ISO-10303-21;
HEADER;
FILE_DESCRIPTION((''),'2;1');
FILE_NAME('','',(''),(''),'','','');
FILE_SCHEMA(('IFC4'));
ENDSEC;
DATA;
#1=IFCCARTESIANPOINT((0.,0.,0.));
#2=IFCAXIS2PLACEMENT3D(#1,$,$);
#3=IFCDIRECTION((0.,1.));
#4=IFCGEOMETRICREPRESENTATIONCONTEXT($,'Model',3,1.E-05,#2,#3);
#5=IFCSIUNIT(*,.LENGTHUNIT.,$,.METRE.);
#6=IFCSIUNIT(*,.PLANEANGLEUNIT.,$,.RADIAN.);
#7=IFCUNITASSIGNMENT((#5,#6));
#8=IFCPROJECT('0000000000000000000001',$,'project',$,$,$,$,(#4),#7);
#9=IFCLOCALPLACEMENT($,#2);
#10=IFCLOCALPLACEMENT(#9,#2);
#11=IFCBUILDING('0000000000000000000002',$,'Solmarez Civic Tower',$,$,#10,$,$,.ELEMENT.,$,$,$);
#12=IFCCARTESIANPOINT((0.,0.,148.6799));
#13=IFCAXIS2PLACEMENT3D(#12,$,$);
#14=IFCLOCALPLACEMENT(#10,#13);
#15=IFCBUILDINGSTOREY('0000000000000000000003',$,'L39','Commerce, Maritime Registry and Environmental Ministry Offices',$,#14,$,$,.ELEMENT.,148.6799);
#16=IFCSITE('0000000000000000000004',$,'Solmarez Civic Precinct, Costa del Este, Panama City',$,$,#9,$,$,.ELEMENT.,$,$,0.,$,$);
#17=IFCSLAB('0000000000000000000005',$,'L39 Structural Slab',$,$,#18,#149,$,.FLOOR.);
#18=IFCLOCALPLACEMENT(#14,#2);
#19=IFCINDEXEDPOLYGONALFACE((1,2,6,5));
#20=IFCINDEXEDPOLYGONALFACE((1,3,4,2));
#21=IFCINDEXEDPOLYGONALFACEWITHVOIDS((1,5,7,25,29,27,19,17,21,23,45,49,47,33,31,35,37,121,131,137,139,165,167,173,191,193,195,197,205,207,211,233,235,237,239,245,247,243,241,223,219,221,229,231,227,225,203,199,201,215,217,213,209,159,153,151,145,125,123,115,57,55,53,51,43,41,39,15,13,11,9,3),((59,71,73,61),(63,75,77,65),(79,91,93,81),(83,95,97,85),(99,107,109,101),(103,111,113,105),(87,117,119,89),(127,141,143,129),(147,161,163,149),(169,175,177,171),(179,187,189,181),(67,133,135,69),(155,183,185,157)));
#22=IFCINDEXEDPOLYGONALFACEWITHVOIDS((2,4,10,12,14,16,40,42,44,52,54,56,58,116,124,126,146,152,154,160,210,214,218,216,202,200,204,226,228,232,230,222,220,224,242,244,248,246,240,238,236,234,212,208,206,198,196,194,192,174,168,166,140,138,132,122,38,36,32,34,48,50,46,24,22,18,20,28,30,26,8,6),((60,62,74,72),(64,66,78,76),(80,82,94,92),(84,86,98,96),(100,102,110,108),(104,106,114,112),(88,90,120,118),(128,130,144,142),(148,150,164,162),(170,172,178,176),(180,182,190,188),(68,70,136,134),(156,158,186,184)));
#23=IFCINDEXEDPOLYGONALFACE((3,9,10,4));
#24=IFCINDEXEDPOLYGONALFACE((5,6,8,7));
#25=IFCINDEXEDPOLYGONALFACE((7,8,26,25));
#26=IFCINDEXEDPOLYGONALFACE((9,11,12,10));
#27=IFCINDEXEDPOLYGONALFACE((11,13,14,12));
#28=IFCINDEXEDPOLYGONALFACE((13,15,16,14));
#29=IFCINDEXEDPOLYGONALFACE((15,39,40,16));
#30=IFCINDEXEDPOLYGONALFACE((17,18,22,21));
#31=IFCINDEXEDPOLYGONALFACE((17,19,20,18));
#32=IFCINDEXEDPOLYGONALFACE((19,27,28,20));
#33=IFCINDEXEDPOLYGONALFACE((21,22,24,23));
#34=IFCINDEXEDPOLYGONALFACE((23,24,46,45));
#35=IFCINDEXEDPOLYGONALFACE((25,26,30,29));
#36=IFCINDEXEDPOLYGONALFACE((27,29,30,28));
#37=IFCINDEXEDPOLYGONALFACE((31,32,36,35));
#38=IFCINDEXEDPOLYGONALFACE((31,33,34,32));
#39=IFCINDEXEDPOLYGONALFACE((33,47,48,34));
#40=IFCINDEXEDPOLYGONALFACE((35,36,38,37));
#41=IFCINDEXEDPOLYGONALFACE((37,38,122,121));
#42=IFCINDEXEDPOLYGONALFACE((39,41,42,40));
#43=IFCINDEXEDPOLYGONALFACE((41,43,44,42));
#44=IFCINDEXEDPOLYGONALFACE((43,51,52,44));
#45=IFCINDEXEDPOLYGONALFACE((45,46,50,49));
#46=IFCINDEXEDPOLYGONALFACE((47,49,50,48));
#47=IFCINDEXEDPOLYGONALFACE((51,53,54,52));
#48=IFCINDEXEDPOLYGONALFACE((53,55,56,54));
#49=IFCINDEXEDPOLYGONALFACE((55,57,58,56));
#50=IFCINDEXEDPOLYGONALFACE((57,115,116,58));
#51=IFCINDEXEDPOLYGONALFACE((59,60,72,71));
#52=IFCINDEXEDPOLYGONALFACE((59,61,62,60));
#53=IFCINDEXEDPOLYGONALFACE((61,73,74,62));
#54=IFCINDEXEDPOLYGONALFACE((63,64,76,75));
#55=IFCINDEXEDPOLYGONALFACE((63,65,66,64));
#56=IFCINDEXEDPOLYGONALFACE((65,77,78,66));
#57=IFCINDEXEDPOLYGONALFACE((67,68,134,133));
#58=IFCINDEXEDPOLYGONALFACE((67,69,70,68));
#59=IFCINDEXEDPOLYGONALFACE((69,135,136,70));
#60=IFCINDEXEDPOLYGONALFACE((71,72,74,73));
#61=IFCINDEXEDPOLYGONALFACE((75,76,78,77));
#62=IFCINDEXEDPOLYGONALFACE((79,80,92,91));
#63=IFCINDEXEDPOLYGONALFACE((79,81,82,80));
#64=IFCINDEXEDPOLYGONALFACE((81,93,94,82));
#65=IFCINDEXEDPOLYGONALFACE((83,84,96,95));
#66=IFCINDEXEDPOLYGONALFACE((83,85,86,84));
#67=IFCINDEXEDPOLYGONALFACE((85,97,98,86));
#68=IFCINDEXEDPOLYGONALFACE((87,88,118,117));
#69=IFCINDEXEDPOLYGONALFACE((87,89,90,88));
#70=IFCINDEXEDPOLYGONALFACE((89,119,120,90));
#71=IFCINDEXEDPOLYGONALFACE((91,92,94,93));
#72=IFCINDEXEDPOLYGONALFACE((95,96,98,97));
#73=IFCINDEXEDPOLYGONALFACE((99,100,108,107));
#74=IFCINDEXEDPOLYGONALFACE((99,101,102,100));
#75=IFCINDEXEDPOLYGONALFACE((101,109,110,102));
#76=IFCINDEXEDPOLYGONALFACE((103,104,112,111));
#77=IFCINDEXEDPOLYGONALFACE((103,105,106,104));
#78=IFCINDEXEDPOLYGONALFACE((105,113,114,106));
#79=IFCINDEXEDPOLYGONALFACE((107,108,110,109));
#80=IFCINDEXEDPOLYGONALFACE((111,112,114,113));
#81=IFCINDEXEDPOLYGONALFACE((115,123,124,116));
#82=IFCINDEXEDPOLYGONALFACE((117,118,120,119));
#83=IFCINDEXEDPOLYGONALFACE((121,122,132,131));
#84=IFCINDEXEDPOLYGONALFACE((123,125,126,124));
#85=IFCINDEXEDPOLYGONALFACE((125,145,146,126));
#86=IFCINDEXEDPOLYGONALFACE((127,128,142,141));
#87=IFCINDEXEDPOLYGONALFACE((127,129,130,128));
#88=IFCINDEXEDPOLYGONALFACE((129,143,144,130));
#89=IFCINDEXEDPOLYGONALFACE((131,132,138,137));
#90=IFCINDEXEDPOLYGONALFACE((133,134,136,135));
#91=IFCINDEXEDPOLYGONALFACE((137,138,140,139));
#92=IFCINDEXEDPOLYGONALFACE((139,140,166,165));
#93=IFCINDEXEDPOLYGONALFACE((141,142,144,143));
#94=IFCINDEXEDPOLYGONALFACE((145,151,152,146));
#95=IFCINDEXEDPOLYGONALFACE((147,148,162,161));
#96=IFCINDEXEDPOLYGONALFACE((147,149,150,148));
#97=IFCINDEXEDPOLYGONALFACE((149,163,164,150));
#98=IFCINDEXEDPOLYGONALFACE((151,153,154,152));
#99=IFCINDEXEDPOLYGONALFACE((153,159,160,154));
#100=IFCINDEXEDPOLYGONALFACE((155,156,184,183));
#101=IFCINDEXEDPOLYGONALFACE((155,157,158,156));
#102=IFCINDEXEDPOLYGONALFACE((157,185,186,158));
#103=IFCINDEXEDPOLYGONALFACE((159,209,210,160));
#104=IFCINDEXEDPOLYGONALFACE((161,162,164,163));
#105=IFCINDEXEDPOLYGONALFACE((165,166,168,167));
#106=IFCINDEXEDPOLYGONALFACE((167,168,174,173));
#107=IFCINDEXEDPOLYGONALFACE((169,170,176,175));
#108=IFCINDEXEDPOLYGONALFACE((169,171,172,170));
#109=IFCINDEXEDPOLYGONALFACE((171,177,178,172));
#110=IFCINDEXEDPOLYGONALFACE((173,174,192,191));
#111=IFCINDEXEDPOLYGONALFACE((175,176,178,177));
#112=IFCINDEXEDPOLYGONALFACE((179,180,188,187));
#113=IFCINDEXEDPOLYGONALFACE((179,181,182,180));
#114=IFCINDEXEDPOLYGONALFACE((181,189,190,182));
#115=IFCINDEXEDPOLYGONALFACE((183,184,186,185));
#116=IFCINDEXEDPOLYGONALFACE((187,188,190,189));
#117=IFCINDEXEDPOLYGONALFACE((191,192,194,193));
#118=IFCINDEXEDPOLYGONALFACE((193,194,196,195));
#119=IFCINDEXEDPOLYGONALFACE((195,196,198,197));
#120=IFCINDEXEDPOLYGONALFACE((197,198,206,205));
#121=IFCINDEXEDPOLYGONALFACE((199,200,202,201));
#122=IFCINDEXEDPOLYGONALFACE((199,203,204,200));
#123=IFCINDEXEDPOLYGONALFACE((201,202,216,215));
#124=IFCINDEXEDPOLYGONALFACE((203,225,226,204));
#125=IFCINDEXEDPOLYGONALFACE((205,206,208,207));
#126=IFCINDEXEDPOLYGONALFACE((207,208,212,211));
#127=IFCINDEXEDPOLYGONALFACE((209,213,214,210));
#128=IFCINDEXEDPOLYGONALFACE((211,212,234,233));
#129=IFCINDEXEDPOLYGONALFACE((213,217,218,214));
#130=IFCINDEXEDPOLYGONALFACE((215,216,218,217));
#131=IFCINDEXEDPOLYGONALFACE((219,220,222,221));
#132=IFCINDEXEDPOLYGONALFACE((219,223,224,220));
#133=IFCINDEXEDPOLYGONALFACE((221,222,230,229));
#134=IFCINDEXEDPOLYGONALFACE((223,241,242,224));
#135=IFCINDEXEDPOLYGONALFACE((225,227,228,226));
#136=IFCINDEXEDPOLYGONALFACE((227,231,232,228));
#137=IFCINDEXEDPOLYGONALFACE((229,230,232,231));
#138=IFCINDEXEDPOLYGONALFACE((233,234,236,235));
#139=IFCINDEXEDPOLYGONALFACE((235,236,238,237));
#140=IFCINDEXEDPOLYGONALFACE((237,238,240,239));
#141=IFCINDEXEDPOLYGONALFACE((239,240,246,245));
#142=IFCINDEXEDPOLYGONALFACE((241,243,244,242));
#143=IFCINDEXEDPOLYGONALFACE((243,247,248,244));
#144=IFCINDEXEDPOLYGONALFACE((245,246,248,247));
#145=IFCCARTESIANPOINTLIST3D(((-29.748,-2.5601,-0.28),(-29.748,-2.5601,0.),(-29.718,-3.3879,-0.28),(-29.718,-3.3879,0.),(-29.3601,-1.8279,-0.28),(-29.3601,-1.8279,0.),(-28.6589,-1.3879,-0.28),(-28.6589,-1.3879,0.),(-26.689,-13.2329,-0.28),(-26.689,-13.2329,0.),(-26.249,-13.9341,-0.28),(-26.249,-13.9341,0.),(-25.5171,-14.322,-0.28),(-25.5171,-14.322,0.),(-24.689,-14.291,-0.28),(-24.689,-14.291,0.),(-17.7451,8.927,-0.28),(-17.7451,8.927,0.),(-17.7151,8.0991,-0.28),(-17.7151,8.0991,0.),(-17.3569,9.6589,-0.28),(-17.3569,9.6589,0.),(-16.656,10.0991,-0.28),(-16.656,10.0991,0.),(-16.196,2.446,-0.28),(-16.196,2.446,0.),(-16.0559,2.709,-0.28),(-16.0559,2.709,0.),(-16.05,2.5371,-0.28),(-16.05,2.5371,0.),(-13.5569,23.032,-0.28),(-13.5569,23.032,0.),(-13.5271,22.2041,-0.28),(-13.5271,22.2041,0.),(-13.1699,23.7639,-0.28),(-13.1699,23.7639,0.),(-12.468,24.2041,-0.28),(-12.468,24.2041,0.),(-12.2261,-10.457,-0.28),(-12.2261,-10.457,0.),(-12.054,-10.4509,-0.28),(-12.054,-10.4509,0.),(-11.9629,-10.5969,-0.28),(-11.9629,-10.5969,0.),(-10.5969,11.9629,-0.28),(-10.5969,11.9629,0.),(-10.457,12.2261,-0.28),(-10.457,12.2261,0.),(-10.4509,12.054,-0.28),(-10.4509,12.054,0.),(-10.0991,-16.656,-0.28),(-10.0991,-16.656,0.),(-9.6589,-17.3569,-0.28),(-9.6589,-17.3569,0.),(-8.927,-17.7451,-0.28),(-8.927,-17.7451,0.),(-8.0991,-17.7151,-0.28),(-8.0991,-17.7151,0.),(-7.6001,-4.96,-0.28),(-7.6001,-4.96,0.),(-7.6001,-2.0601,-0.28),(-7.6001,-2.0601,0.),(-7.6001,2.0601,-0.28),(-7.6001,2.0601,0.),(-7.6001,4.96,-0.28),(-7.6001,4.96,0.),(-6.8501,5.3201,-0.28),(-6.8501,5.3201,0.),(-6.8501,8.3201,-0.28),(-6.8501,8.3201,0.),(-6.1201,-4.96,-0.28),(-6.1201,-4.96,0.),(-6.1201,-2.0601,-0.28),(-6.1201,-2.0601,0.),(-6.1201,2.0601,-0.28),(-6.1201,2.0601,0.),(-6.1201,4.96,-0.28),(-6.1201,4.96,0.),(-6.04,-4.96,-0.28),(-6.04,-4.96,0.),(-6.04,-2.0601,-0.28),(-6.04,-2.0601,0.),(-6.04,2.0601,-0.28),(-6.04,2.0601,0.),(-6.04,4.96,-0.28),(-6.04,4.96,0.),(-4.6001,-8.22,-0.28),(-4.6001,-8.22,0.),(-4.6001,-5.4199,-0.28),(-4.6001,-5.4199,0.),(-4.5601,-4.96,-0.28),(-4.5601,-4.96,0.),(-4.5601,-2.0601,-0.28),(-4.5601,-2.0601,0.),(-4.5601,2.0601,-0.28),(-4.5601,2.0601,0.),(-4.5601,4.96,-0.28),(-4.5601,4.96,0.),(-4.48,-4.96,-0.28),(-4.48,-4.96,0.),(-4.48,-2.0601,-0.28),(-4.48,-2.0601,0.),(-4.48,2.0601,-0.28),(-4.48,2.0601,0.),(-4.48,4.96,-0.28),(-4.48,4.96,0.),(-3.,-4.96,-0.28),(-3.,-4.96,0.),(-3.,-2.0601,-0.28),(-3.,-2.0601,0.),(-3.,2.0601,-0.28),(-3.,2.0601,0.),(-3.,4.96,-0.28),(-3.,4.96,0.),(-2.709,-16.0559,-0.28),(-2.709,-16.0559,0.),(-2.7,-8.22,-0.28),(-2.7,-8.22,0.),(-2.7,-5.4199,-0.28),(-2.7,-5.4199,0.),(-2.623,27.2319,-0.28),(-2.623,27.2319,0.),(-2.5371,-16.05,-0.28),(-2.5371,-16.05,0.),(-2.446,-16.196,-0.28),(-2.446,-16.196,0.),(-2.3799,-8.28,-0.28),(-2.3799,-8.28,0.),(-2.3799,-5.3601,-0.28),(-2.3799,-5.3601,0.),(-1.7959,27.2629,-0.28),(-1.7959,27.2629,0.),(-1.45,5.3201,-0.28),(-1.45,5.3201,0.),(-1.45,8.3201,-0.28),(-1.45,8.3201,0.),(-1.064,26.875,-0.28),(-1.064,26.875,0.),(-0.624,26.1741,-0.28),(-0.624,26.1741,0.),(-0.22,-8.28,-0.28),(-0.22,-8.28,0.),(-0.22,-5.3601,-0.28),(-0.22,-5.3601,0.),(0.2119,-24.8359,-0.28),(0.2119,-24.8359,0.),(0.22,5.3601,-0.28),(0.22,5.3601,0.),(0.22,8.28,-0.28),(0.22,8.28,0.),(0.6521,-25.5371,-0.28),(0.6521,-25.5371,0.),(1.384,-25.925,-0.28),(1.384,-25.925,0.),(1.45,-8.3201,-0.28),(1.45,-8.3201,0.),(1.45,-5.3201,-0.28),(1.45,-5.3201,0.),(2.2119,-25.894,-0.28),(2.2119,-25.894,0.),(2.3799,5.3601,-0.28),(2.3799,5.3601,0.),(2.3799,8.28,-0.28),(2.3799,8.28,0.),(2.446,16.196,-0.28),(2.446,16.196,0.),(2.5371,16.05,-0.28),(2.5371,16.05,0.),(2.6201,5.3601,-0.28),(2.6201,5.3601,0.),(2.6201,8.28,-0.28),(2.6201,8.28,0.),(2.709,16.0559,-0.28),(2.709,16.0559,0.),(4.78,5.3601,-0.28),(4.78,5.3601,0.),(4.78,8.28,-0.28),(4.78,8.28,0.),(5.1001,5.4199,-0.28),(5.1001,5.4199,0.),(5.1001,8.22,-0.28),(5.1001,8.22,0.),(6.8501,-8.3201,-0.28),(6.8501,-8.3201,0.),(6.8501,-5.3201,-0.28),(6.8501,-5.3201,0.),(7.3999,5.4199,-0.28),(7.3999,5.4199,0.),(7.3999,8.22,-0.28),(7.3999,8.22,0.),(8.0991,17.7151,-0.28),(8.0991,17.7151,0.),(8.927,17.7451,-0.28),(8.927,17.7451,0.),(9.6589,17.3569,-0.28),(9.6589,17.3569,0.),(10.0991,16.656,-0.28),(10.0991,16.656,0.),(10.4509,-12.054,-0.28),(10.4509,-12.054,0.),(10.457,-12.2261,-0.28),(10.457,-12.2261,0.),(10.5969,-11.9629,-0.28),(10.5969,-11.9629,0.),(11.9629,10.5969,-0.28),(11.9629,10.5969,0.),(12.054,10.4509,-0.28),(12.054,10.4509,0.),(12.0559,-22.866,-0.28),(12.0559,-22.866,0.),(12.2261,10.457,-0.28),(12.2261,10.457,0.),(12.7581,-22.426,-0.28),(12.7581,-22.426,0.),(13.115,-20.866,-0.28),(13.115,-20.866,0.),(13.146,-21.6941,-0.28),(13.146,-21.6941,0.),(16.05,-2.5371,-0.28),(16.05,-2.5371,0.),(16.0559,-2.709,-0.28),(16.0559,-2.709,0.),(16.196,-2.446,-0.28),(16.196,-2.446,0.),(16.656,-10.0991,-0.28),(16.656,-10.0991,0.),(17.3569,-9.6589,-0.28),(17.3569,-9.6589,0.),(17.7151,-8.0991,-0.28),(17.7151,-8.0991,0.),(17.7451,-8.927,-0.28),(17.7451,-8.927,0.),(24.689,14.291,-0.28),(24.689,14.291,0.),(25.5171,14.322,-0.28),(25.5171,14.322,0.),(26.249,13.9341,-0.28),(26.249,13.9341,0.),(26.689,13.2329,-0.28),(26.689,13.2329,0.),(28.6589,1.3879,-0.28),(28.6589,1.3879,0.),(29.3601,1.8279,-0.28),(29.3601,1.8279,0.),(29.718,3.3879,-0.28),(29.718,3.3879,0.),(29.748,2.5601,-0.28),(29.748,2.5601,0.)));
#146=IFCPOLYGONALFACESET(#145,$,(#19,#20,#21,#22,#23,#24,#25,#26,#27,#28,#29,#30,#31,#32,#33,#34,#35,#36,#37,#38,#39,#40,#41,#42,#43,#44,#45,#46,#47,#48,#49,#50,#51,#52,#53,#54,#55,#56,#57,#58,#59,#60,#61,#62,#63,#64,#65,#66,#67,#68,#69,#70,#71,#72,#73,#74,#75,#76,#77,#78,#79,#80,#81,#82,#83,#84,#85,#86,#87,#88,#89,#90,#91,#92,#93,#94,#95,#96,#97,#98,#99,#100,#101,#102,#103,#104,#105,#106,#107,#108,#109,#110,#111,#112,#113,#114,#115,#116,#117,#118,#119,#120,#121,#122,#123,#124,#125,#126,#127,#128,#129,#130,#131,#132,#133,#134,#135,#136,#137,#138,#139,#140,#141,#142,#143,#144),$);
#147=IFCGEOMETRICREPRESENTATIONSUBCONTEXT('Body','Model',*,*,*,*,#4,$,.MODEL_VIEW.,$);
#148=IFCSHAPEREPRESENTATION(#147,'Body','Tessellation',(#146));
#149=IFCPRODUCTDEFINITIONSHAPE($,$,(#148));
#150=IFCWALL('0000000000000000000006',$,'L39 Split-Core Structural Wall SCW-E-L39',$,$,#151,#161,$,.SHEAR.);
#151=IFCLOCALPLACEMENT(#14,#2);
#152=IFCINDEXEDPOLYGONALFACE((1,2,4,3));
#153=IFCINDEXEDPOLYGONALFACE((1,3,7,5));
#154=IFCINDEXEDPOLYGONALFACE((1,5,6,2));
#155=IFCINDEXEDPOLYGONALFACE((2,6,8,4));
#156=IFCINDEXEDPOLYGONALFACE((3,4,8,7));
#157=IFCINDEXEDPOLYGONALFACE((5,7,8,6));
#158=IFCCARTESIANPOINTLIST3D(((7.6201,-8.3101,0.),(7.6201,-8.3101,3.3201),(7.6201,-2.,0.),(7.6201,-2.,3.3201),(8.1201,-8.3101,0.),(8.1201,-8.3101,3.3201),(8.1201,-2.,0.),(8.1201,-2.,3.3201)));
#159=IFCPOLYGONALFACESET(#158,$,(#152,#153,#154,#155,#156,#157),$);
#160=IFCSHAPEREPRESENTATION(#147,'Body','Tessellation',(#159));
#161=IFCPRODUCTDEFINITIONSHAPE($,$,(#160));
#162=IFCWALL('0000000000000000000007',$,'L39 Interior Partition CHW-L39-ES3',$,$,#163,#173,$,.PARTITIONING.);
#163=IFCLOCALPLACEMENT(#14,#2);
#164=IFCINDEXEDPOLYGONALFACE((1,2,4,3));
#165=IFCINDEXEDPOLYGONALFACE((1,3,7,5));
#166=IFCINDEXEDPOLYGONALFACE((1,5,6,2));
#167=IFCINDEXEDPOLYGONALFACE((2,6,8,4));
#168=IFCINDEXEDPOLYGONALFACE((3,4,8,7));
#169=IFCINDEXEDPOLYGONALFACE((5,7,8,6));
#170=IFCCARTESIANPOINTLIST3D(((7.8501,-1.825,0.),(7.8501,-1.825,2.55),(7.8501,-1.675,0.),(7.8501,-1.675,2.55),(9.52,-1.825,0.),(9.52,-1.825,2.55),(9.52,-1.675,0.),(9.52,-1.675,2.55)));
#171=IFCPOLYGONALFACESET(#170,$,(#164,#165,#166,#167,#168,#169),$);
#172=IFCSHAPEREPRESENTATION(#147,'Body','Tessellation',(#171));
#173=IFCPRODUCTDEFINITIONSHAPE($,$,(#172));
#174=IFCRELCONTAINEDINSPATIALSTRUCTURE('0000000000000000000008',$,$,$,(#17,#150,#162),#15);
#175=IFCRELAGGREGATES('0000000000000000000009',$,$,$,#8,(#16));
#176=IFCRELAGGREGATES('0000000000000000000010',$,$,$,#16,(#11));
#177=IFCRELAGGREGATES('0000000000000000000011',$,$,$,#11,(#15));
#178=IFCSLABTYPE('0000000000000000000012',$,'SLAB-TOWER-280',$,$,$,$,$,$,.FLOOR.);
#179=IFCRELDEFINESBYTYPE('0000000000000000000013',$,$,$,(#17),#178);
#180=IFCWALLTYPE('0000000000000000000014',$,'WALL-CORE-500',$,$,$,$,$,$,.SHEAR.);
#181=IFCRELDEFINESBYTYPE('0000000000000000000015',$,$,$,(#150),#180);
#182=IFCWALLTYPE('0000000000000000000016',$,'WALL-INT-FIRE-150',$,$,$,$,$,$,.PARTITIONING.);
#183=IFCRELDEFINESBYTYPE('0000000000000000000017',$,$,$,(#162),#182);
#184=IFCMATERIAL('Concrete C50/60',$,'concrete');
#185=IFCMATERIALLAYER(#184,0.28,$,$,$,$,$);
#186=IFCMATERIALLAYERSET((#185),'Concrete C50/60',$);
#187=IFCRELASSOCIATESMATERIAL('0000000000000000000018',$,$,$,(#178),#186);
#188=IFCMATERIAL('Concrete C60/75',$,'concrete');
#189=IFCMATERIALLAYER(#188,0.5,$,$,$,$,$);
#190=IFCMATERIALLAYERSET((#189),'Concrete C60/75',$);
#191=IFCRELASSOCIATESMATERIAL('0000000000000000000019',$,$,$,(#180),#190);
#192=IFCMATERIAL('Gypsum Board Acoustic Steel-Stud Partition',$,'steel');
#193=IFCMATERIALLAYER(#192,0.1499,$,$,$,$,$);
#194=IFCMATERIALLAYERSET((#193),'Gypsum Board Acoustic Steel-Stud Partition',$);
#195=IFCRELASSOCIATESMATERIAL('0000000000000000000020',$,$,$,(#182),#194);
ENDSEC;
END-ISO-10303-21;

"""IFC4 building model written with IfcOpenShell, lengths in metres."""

from ifc_helpers import new_model, si_unit, direction, frame, frame_2d, origin, place, context, subcontext, project, spatial, polyline, rectangle, outline, extrude, material, layer, layer_set, type_object, element, save


model = new_model("IFC4")

# Units and contexts
model_context = context("Model", 3, precision=1e-05, world=origin(), true_north=direction((0.0, 1.0)))
body_context = subcontext(model_context, "Body", "Model", "MODEL_VIEW")
ifc_project = project(units=[si_unit("LENGTHUNIT", "METRE"), si_unit("PLANEANGLEUNIT", "RADIAN")], contexts=[model_context])

# Site, building, storey
site_placement = place(None, origin())
site = spatial("IfcSite", under=ifc_project, at=site_placement, Name="Solmarez Civic Precinct, Costa del Este, Panama City", CompositionType="ELEMENT", RefElevation=0.0)
building_placement = place(site_placement, origin())
building = spatial("IfcBuilding", under=site, at=building_placement, Name="Solmarez Civic Tower", CompositionType="ELEMENT")
storey_placement = place(building_placement, frame((0.0, 0.0, 148.6799)))
storey = spatial("IfcBuildingStorey", under=building, at=storey_placement, Name="L39", Description="Commerce, Maritime Registry and Environmental Ministry Offices", CompositionType="ELEMENT", Elevation=148.6799)

# Shared definitions
ifc_material_1 = material(Name="Concrete C50/60", Category="concrete")

# Slab
ifc_layer_1 = layer(ifc_material_1, 0.28)
ifc_layer_set_1 = layer_set([ifc_layer_1], Name="Concrete C50/60")
slab_type_1 = type_object("IfcSlabType", Name="SLAB-TOWER-280", PredefinedType="FLOOR", material=ifc_layer_set_1)
slab_1_placement = place(storey_placement, frame((0.0, 0.0, -0.28)))
element("IfcSlab", 1, at=slab_1_placement, inside=storey, type_object=slab_type_1, Name="L39 Structural Slab", PredefinedType="FLOOR", context=body_context, shape_type="SweptSolid", body=[
    extrude(outline(polyline([(-11.9629, -10.5969), (-10.0991, -16.656), (-9.6589, -17.3569), (-8.927, -17.7451), (-8.0991, -17.7151), (-2.709, -16.0559), (-2.5371, -16.05), (-2.446, -16.196), (0.2119, -24.8359), (0.6521, -25.5371), (1.384, -25.925), (2.2119, -25.894), (12.0559, -22.866), (12.7581, -22.426), (13.146, -21.6941), (13.115, -20.866), (10.457, -12.2261), (10.4509, -12.054), (10.5969, -11.9629), (16.656, -10.0991), (17.3569, -9.6589), (17.7451, -8.927), (17.7151, -8.0991), (16.0559, -2.709), (16.05, -2.5371), (16.196, -2.446), (28.6589, 1.3879), (29.3601, 1.8279), (29.748, 2.5601), (29.718, 3.3879), (26.689, 13.2329), (26.249, 13.9341), (25.5171, 14.322), (24.689, 14.291), (12.2261, 10.457), (12.054, 10.4509), (11.9629, 10.5969), (10.0991, 16.656), (9.6589, 17.3569), (8.927, 17.7451), (8.0991, 17.7151), (2.709, 16.0559), (2.5371, 16.05), (2.446, 16.196), (-0.624, 26.1741), (-1.064, 26.875), (-1.7959, 27.2629), (-2.623, 27.2319), (-12.468, 24.2041), (-13.1699, 23.7639), (-13.5569, 23.032), (-13.5271, 22.2041), (-10.457, 12.2261), (-10.4509, 12.054), (-10.5969, 11.9629), (-16.656, 10.0991), (-17.3569, 9.6589), (-17.7451, 8.927), (-17.7151, 8.0991), (-16.0559, 2.709), (-16.05, 2.5371), (-16.196, 2.446), (-28.6589, -1.3879), (-29.3601, -1.8279), (-29.748, -2.5601), (-29.718, -3.3879), (-26.689, -13.2329), (-26.249, -13.9341), (-25.5171, -14.322), (-24.689, -14.291), (-12.2261, -10.457), (-12.054, -10.4509), (-11.9629, -10.5969)]), holes=[polyline([(-1.45, 8.3201), (-6.8501, 8.3201), (-6.8501, 5.3201), (-1.45, 5.3201), (-1.45, 8.3201)]), polyline([(1.45, -8.3201), (6.8501, -8.3201), (6.8501, -5.3201), (1.45, -5.3201), (1.45, -8.3201)]), polyline([(0.22, 5.3601), (2.3799, 5.3601), (2.3799, 8.28), (0.22, 8.28), (0.22, 5.3601)]), polyline([(2.6201, 5.3601), (4.78, 5.3601), (4.78, 8.28), (2.6201, 8.28), (2.6201, 5.3601)]), polyline([(-2.3799, -8.28), (-0.22, -8.28), (-0.22, -5.3601), (-2.3799, -5.3601), (-2.3799, -8.28)]), polyline([(-7.6001, -4.96), (-6.1201, -4.96), (-6.1201, -2.0601), (-7.6001, -2.0601), (-7.6001, -4.96)]), polyline([(-6.04, -4.96), (-4.5601, -4.96), (-4.5601, -2.0601), (-6.04, -2.0601), (-6.04, -4.96)]), polyline([(-4.48, -4.96), (-3.0, -4.96), (-3.0, -2.0601), (-4.48, -2.0601), (-4.48, -4.96)]), polyline([(-7.6001, 2.0601), (-6.1201, 2.0601), (-6.1201, 4.96), (-7.6001, 4.96), (-7.6001, 2.0601)]), polyline([(-6.04, 2.0601), (-4.5601, 2.0601), (-4.5601, 4.96), (-6.04, 4.96), (-6.04, 2.0601)]), polyline([(-4.48, 2.0601), (-3.0, 2.0601), (-3.0, 4.96), (-4.48, 4.96), (-4.48, 2.0601)]), polyline([(5.1001, 5.4199), (7.3999, 5.4199), (7.3999, 8.22), (5.1001, 8.22), (5.1001, 5.4199)]), polyline([(-4.6001, -8.22), (-2.7, -8.22), (-2.7, -5.4199), (-4.6001, -5.4199), (-4.6001, -8.22)])]), origin(), (0.0, 0.0, 1.0), 0.28),
])

# Walls
ifc_material_2 = material(Name="Concrete C60/75", Category="concrete")
ifc_layer_2 = layer(ifc_material_2, 0.5)
ifc_layer_set_2 = layer_set([ifc_layer_2], Name="Concrete C60/75")
wall_type_1 = type_object("IfcWallType", Name="WALL-CORE-500", PredefinedType="SHEAR", material=ifc_layer_set_2)
wall_1_placement = place(storey_placement, frame((7.8701, -2.0, 0.0), z_axis=(0.0, 0.0, 1.0), x_axis=(0.0, -1.0, 0.0)))
element("IfcWall", 2, at=wall_1_placement, inside=storey, type_object=wall_type_1, Name="L39 Split-Core Structural Wall SCW-E-L39", PredefinedType="SHEAR", context=body_context, shape_type="SweptSolid", body=[
    extrude(rectangle(XDim=6.3101, YDim=0.5, at=frame_2d((3.155, 0.0))), origin(), (0.0, 0.0, 1.0), 3.3201),
])
ifc_material_3 = material(Name="Gypsum Board Acoustic Steel-Stud Partition", Category="steel")
ifc_layer_3 = layer(ifc_material_3, 0.1499)
ifc_layer_set_3 = layer_set([ifc_layer_3], Name="Gypsum Board Acoustic Steel-Stud Partition")
wall_type_2 = type_object("IfcWallType", Name="WALL-INT-FIRE-150", PredefinedType="PARTITIONING", material=ifc_layer_set_3)
wall_2_placement = place(storey_placement, frame((7.8501, -1.75, 0.0), z_axis=(0.0, 0.0, 1.0), x_axis=(1.0, 0.0, 0.0)))
element("IfcWall", 3, at=wall_2_placement, inside=storey, type_object=wall_type_2, Name="L39 Interior Partition CHW-L39-ES3", PredefinedType="PARTITIONING", context=body_context, shape_type="SweptSolid", body=[
    extrude(rectangle(XDim=1.6699, YDim=0.1499, at=frame_2d((0.835, 0.0))), origin(), (0.0, 0.0, 1.0), 2.55),
])

save(model, "model.ifc")
